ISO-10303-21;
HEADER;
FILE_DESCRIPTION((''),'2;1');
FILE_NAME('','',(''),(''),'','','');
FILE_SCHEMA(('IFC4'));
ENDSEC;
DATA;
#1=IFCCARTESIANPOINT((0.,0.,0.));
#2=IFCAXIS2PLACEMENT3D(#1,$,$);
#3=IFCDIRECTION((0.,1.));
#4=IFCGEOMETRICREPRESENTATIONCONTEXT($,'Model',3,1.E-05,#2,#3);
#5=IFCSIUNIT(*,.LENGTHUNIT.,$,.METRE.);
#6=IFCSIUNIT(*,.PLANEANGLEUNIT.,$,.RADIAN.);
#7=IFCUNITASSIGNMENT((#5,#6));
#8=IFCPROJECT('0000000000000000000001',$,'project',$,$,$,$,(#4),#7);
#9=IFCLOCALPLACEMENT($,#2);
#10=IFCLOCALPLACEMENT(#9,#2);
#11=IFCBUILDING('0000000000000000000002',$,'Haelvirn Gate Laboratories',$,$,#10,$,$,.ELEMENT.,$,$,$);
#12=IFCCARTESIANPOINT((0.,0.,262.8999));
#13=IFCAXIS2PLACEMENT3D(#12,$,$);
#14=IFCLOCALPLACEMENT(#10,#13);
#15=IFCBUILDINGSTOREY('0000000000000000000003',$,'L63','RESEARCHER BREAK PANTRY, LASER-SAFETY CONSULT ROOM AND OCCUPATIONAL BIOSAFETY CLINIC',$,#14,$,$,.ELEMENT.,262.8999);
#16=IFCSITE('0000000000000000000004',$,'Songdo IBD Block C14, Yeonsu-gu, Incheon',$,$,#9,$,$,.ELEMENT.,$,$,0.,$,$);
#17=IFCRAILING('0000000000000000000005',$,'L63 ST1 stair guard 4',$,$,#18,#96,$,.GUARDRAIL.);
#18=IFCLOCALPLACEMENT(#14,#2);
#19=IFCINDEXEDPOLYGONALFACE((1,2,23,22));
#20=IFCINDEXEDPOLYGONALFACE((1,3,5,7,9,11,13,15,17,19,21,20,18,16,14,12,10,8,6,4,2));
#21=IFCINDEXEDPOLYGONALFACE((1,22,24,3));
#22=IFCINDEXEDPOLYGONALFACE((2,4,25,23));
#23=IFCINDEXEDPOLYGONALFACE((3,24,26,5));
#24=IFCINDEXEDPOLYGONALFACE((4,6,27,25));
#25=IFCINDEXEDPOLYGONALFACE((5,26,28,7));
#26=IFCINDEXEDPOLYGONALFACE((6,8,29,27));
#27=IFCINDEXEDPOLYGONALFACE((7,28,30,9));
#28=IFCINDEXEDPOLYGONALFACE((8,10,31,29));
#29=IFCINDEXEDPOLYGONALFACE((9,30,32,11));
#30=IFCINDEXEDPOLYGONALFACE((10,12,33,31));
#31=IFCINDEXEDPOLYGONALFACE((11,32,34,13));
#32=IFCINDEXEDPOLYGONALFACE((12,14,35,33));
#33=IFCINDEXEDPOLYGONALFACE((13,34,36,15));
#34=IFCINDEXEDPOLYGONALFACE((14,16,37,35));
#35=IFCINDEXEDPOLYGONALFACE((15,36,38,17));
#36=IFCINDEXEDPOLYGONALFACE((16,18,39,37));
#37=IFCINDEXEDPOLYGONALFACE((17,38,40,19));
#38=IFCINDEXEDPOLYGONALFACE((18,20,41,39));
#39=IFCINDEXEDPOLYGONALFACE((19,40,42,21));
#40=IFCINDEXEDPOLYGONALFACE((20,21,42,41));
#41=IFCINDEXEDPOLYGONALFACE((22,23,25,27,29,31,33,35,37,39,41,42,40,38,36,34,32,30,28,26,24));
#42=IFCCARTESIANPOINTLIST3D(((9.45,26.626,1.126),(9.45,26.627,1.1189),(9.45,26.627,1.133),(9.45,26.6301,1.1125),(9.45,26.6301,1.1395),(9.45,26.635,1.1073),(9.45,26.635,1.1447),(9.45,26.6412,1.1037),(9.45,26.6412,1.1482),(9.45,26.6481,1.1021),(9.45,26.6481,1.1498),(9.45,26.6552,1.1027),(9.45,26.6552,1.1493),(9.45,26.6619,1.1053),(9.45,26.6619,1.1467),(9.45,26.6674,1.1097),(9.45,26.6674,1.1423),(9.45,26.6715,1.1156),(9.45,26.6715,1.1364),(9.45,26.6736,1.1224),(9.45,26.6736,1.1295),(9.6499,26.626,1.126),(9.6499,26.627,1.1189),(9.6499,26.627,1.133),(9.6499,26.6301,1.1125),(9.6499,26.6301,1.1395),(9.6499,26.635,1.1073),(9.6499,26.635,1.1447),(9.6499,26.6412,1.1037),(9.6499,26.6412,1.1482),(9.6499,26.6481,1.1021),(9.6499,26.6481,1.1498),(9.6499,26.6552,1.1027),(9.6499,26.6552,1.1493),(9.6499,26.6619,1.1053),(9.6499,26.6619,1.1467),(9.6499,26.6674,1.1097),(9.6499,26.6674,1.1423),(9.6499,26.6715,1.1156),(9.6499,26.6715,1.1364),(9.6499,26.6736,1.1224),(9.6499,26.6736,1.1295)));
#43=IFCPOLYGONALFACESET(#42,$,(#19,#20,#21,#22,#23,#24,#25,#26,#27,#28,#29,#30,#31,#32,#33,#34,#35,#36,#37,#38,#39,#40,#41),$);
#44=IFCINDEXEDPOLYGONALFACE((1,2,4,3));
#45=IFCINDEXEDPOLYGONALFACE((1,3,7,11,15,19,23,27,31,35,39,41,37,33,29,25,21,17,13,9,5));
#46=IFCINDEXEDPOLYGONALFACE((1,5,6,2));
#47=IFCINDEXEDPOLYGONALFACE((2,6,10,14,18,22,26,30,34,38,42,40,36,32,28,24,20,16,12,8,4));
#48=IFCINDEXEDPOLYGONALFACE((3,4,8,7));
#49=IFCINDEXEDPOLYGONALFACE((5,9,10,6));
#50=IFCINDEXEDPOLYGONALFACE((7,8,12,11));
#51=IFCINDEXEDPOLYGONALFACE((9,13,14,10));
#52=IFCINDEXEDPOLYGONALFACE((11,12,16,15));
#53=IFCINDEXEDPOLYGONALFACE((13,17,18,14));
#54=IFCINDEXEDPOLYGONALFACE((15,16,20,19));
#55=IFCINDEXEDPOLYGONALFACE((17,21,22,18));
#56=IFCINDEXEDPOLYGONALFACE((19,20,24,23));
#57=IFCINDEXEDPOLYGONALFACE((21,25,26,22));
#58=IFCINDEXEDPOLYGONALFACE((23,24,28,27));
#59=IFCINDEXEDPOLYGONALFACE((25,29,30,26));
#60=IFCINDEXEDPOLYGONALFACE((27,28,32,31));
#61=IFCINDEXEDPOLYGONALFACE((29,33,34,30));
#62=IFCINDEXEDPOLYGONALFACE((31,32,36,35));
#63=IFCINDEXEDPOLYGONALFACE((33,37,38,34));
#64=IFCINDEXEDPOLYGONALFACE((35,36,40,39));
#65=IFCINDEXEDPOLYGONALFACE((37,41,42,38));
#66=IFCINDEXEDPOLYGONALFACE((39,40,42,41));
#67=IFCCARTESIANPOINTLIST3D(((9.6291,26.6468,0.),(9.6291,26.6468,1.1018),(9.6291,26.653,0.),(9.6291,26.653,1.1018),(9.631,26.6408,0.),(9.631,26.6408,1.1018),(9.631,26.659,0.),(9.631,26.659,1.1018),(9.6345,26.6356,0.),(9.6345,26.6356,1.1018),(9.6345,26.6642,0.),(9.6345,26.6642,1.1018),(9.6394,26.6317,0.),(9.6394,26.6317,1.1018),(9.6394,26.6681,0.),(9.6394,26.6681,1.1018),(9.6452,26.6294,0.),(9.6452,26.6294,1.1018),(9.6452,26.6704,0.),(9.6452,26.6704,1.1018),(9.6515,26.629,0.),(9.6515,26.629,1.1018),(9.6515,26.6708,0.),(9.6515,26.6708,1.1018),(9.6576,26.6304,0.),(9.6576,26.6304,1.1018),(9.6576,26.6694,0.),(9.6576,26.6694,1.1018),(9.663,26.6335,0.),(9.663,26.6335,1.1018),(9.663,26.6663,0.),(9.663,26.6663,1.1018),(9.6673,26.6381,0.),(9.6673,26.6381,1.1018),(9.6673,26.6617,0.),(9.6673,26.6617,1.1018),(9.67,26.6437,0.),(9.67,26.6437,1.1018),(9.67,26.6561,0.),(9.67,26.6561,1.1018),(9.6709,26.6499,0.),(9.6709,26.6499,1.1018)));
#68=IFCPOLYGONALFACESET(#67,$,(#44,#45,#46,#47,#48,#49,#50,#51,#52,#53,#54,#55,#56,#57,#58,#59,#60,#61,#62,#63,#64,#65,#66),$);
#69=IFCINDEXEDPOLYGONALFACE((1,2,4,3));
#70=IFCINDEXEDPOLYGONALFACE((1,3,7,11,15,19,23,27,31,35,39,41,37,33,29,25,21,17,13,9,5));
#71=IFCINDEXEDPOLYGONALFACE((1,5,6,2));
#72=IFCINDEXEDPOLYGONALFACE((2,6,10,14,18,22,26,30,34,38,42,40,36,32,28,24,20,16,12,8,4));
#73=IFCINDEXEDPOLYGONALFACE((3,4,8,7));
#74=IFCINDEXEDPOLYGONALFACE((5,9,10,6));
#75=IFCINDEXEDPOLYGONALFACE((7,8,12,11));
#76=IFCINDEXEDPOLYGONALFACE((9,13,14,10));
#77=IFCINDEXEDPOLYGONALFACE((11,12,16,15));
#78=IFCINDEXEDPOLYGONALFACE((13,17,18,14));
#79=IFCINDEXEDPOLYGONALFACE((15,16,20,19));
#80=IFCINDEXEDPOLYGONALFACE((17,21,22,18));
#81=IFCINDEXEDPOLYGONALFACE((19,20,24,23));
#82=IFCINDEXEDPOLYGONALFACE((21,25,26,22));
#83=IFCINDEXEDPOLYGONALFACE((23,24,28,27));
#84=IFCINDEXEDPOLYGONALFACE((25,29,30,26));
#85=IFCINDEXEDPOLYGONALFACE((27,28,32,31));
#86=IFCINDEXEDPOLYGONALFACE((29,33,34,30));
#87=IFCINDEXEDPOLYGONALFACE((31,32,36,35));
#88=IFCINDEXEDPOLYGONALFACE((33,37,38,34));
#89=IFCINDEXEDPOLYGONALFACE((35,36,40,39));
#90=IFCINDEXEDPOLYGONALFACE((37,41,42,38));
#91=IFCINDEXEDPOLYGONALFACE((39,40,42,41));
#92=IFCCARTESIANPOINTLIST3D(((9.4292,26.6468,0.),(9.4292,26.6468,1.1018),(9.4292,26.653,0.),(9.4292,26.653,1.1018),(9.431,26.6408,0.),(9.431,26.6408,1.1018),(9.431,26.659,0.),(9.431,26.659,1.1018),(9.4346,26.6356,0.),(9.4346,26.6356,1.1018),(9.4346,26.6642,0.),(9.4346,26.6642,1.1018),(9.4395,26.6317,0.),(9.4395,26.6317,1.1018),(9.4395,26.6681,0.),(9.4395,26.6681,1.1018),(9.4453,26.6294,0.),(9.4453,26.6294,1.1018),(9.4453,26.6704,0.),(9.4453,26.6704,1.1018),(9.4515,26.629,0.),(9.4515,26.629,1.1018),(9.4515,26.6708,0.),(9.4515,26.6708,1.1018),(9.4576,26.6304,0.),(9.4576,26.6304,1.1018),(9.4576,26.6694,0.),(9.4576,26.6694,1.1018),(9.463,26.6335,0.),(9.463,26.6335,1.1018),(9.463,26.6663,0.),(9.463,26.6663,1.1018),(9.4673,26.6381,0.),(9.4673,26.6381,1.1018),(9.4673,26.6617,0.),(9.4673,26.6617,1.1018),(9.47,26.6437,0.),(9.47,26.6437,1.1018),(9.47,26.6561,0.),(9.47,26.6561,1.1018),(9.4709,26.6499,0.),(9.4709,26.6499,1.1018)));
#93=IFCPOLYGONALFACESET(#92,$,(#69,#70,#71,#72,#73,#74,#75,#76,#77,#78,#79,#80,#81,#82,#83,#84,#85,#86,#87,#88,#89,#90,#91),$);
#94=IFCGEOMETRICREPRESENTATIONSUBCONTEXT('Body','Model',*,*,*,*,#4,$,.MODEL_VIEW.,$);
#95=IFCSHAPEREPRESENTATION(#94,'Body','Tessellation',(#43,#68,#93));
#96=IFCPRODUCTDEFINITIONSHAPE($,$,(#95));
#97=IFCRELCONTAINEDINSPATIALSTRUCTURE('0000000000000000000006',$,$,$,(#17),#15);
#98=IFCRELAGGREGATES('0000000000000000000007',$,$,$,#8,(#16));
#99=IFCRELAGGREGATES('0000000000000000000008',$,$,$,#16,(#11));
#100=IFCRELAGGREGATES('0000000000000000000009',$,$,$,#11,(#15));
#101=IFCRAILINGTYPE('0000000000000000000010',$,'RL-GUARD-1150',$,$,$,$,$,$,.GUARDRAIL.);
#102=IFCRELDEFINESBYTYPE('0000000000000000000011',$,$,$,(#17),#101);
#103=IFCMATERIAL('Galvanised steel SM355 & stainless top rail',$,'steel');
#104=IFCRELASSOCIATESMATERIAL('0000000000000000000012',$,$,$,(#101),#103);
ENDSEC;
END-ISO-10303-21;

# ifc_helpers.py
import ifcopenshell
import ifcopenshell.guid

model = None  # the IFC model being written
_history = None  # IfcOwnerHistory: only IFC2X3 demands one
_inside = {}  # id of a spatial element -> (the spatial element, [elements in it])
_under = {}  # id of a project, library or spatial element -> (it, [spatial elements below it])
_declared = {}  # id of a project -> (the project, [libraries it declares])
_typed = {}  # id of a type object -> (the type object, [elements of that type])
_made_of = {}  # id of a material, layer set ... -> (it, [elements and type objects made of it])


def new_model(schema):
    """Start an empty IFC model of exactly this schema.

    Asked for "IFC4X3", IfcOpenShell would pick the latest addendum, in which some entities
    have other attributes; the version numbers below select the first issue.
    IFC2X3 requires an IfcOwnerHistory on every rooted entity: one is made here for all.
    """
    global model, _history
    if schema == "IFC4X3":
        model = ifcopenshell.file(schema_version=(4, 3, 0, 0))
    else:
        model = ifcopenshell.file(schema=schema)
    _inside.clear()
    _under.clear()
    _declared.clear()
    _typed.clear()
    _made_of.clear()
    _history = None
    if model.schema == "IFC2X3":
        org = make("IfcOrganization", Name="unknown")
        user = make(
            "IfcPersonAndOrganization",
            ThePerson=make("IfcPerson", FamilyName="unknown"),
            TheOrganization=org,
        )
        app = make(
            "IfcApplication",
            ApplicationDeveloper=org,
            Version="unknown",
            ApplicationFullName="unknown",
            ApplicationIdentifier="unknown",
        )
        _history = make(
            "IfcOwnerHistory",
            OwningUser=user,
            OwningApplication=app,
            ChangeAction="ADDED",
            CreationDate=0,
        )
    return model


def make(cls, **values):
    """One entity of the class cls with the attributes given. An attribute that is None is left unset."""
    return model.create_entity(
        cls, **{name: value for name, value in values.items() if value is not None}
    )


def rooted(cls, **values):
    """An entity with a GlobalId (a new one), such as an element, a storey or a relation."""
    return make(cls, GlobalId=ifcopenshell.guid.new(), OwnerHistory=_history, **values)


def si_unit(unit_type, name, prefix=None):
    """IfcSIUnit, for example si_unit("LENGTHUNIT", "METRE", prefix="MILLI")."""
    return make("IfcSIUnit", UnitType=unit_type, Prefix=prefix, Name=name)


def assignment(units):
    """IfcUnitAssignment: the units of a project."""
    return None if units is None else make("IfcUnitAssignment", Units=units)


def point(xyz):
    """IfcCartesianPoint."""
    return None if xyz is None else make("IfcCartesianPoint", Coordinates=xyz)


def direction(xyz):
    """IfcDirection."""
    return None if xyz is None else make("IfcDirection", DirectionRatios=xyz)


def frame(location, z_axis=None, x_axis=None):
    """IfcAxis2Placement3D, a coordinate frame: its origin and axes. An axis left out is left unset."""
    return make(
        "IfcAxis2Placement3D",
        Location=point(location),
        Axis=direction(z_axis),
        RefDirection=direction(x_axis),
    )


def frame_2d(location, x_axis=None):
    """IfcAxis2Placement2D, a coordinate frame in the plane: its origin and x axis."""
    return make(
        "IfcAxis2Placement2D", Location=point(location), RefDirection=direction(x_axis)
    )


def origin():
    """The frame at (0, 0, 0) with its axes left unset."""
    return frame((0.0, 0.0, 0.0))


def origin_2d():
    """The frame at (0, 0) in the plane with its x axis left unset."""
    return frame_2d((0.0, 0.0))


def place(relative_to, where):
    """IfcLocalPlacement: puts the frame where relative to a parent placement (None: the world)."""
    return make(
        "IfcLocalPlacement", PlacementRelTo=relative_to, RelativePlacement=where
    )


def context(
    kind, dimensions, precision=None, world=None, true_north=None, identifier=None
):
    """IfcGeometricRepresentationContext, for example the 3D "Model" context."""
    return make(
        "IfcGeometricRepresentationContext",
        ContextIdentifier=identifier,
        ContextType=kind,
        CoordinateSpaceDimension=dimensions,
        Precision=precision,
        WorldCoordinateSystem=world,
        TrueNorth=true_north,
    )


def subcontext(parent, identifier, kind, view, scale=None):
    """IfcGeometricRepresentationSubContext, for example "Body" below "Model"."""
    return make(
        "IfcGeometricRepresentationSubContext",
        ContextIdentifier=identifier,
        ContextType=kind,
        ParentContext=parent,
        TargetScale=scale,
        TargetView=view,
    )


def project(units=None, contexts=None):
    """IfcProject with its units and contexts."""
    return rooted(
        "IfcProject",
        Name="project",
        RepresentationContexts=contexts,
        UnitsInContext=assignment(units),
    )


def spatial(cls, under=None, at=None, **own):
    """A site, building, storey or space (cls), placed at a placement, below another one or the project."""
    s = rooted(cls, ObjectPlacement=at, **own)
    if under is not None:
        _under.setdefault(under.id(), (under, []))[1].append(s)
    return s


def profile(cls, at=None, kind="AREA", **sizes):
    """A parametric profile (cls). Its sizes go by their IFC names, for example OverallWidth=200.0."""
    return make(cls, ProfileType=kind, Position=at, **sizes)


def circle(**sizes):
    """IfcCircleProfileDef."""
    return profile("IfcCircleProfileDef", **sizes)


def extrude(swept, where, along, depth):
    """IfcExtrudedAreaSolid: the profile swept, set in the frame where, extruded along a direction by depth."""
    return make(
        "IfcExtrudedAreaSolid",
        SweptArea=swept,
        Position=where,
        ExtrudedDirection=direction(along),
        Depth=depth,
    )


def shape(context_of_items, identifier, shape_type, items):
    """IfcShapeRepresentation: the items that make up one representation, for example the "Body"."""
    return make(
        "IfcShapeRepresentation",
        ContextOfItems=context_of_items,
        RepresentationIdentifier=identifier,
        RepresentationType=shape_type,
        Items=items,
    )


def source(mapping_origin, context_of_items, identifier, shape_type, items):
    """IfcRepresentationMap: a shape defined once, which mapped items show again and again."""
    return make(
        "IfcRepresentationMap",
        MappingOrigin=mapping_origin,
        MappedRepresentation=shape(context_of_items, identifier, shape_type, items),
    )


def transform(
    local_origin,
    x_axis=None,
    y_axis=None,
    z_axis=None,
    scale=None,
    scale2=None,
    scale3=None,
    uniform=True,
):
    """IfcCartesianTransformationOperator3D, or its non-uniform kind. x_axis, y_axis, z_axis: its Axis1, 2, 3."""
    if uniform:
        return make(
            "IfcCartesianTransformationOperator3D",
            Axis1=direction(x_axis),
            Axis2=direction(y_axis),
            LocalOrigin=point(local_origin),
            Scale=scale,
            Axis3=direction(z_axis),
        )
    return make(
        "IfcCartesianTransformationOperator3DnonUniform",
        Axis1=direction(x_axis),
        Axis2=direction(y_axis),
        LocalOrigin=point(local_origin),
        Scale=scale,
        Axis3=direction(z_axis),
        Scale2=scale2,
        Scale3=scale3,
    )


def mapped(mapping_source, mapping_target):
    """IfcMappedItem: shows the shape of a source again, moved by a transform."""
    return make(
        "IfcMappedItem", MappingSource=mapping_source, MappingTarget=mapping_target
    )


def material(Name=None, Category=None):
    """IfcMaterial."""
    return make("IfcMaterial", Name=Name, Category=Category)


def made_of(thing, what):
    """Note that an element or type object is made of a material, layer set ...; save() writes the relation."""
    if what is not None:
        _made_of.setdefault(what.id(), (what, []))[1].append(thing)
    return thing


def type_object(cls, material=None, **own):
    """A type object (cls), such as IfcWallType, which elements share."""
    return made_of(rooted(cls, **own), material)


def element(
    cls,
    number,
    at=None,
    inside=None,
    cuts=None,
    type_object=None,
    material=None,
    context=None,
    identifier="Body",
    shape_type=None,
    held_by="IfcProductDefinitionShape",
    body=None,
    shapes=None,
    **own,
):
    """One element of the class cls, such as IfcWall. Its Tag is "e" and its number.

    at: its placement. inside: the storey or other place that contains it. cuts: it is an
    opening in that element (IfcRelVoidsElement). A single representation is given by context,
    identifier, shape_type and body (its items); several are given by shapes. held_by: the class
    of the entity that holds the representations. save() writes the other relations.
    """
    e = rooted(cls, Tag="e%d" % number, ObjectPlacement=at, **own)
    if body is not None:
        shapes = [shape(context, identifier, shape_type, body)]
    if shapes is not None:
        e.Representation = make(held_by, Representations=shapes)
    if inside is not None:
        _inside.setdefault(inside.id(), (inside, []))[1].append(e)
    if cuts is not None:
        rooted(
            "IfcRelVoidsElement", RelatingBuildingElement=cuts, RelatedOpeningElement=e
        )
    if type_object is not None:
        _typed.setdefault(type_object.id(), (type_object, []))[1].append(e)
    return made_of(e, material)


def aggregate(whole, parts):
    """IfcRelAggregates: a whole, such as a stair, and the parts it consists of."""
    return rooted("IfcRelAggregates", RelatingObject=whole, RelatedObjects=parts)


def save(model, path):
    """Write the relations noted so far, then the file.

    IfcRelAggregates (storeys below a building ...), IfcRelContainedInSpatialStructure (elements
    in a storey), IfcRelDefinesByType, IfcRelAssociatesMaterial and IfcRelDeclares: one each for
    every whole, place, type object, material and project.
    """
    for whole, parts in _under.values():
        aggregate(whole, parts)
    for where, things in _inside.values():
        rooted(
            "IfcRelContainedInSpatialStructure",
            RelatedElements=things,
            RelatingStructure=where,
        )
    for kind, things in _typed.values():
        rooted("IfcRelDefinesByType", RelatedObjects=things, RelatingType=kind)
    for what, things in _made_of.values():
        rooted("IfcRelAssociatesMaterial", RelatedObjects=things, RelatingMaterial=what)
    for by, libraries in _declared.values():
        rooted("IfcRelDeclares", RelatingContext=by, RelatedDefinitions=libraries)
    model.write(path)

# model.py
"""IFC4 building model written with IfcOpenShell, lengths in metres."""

from ifc_helpers import new_model, si_unit, direction, frame, origin, origin_2d, place, context, subcontext, project, spatial, circle, extrude, source, transform, mapped, material, type_object, element, save


model = new_model("IFC4")

# Units and contexts
model_context = context("Model", 3, precision=1e-05, world=origin(), true_north=direction((0.0, 1.0)))
body_context = subcontext(model_context, "Body", "Model", "MODEL_VIEW")
ifc_project = project(units=[si_unit("LENGTHUNIT", "METRE"), si_unit("PLANEANGLEUNIT", "RADIAN")], contexts=[model_context])

# Site, building, storey
site_placement = place(None, origin())
site = spatial("IfcSite", under=ifc_project, at=site_placement, Name="Songdo IBD Block C14, Yeonsu-gu, Incheon", CompositionType="ELEMENT", RefElevation=0.0)
building_placement = place(site_placement, origin())
building = spatial("IfcBuilding", under=site, at=building_placement, Name="Haelvirn Gate Laboratories", CompositionType="ELEMENT")
storey_placement = place(building_placement, frame((0.0, 0.0, 262.8999)))
storey = spatial("IfcBuildingStorey", under=building, at=storey_placement, Name="L63", Description="RESEARCHER BREAK PANTRY, LASER-SAFETY CONSULT ROOM AND OCCUPATIONAL BIOSAFETY CLINIC", CompositionType="ELEMENT", Elevation=262.8999)

# Railing
ifc_material_1 = material(Name="Galvanised steel SM355 & stainless top rail", Category="steel")
railing_type_1 = type_object("IfcRailingType", Name="RL-GUARD-1150", PredefinedType="GUARDRAIL", material=ifc_material_1)
shared_shape_1 = source(origin(), body_context, "Body", "SweptSolid", [
    extrude(circle(Radius=0.0239, at=origin_2d()), frame((0.0, 0.0, 1.126), z_axis=(-1.0, 0.0, 0.0), x_axis=(0.0, -1.0, 0.0)), (0.0, 0.0, 1.0), 0.2),
    extrude(circle(Radius=0.021, at=origin_2d()), origin(), (0.0, 0.0, 1.0), 1.1018),
    extrude(circle(Radius=0.021, at=origin_2d()), frame((-0.2, 0.0, 0.0)), (0.0, 0.0, 1.0), 1.1018),
])
for number, where, name in (
    (1, (9.6499, 26.6499, 0.0), "L63 ST1 stair guard 4"),
):
    element("IfcRailing", number, at=place(storey_placement, frame(where)), inside=storey, type_object=railing_type_1, Name=name, PredefinedType="GUARDRAIL", context=body_context, shape_type="MappedRepresentation", body=[
        mapped(shared_shape_1, transform((0.0, 0.0, 0.0), scale=1.0)),
    ])

save(model, "model.ifc")
